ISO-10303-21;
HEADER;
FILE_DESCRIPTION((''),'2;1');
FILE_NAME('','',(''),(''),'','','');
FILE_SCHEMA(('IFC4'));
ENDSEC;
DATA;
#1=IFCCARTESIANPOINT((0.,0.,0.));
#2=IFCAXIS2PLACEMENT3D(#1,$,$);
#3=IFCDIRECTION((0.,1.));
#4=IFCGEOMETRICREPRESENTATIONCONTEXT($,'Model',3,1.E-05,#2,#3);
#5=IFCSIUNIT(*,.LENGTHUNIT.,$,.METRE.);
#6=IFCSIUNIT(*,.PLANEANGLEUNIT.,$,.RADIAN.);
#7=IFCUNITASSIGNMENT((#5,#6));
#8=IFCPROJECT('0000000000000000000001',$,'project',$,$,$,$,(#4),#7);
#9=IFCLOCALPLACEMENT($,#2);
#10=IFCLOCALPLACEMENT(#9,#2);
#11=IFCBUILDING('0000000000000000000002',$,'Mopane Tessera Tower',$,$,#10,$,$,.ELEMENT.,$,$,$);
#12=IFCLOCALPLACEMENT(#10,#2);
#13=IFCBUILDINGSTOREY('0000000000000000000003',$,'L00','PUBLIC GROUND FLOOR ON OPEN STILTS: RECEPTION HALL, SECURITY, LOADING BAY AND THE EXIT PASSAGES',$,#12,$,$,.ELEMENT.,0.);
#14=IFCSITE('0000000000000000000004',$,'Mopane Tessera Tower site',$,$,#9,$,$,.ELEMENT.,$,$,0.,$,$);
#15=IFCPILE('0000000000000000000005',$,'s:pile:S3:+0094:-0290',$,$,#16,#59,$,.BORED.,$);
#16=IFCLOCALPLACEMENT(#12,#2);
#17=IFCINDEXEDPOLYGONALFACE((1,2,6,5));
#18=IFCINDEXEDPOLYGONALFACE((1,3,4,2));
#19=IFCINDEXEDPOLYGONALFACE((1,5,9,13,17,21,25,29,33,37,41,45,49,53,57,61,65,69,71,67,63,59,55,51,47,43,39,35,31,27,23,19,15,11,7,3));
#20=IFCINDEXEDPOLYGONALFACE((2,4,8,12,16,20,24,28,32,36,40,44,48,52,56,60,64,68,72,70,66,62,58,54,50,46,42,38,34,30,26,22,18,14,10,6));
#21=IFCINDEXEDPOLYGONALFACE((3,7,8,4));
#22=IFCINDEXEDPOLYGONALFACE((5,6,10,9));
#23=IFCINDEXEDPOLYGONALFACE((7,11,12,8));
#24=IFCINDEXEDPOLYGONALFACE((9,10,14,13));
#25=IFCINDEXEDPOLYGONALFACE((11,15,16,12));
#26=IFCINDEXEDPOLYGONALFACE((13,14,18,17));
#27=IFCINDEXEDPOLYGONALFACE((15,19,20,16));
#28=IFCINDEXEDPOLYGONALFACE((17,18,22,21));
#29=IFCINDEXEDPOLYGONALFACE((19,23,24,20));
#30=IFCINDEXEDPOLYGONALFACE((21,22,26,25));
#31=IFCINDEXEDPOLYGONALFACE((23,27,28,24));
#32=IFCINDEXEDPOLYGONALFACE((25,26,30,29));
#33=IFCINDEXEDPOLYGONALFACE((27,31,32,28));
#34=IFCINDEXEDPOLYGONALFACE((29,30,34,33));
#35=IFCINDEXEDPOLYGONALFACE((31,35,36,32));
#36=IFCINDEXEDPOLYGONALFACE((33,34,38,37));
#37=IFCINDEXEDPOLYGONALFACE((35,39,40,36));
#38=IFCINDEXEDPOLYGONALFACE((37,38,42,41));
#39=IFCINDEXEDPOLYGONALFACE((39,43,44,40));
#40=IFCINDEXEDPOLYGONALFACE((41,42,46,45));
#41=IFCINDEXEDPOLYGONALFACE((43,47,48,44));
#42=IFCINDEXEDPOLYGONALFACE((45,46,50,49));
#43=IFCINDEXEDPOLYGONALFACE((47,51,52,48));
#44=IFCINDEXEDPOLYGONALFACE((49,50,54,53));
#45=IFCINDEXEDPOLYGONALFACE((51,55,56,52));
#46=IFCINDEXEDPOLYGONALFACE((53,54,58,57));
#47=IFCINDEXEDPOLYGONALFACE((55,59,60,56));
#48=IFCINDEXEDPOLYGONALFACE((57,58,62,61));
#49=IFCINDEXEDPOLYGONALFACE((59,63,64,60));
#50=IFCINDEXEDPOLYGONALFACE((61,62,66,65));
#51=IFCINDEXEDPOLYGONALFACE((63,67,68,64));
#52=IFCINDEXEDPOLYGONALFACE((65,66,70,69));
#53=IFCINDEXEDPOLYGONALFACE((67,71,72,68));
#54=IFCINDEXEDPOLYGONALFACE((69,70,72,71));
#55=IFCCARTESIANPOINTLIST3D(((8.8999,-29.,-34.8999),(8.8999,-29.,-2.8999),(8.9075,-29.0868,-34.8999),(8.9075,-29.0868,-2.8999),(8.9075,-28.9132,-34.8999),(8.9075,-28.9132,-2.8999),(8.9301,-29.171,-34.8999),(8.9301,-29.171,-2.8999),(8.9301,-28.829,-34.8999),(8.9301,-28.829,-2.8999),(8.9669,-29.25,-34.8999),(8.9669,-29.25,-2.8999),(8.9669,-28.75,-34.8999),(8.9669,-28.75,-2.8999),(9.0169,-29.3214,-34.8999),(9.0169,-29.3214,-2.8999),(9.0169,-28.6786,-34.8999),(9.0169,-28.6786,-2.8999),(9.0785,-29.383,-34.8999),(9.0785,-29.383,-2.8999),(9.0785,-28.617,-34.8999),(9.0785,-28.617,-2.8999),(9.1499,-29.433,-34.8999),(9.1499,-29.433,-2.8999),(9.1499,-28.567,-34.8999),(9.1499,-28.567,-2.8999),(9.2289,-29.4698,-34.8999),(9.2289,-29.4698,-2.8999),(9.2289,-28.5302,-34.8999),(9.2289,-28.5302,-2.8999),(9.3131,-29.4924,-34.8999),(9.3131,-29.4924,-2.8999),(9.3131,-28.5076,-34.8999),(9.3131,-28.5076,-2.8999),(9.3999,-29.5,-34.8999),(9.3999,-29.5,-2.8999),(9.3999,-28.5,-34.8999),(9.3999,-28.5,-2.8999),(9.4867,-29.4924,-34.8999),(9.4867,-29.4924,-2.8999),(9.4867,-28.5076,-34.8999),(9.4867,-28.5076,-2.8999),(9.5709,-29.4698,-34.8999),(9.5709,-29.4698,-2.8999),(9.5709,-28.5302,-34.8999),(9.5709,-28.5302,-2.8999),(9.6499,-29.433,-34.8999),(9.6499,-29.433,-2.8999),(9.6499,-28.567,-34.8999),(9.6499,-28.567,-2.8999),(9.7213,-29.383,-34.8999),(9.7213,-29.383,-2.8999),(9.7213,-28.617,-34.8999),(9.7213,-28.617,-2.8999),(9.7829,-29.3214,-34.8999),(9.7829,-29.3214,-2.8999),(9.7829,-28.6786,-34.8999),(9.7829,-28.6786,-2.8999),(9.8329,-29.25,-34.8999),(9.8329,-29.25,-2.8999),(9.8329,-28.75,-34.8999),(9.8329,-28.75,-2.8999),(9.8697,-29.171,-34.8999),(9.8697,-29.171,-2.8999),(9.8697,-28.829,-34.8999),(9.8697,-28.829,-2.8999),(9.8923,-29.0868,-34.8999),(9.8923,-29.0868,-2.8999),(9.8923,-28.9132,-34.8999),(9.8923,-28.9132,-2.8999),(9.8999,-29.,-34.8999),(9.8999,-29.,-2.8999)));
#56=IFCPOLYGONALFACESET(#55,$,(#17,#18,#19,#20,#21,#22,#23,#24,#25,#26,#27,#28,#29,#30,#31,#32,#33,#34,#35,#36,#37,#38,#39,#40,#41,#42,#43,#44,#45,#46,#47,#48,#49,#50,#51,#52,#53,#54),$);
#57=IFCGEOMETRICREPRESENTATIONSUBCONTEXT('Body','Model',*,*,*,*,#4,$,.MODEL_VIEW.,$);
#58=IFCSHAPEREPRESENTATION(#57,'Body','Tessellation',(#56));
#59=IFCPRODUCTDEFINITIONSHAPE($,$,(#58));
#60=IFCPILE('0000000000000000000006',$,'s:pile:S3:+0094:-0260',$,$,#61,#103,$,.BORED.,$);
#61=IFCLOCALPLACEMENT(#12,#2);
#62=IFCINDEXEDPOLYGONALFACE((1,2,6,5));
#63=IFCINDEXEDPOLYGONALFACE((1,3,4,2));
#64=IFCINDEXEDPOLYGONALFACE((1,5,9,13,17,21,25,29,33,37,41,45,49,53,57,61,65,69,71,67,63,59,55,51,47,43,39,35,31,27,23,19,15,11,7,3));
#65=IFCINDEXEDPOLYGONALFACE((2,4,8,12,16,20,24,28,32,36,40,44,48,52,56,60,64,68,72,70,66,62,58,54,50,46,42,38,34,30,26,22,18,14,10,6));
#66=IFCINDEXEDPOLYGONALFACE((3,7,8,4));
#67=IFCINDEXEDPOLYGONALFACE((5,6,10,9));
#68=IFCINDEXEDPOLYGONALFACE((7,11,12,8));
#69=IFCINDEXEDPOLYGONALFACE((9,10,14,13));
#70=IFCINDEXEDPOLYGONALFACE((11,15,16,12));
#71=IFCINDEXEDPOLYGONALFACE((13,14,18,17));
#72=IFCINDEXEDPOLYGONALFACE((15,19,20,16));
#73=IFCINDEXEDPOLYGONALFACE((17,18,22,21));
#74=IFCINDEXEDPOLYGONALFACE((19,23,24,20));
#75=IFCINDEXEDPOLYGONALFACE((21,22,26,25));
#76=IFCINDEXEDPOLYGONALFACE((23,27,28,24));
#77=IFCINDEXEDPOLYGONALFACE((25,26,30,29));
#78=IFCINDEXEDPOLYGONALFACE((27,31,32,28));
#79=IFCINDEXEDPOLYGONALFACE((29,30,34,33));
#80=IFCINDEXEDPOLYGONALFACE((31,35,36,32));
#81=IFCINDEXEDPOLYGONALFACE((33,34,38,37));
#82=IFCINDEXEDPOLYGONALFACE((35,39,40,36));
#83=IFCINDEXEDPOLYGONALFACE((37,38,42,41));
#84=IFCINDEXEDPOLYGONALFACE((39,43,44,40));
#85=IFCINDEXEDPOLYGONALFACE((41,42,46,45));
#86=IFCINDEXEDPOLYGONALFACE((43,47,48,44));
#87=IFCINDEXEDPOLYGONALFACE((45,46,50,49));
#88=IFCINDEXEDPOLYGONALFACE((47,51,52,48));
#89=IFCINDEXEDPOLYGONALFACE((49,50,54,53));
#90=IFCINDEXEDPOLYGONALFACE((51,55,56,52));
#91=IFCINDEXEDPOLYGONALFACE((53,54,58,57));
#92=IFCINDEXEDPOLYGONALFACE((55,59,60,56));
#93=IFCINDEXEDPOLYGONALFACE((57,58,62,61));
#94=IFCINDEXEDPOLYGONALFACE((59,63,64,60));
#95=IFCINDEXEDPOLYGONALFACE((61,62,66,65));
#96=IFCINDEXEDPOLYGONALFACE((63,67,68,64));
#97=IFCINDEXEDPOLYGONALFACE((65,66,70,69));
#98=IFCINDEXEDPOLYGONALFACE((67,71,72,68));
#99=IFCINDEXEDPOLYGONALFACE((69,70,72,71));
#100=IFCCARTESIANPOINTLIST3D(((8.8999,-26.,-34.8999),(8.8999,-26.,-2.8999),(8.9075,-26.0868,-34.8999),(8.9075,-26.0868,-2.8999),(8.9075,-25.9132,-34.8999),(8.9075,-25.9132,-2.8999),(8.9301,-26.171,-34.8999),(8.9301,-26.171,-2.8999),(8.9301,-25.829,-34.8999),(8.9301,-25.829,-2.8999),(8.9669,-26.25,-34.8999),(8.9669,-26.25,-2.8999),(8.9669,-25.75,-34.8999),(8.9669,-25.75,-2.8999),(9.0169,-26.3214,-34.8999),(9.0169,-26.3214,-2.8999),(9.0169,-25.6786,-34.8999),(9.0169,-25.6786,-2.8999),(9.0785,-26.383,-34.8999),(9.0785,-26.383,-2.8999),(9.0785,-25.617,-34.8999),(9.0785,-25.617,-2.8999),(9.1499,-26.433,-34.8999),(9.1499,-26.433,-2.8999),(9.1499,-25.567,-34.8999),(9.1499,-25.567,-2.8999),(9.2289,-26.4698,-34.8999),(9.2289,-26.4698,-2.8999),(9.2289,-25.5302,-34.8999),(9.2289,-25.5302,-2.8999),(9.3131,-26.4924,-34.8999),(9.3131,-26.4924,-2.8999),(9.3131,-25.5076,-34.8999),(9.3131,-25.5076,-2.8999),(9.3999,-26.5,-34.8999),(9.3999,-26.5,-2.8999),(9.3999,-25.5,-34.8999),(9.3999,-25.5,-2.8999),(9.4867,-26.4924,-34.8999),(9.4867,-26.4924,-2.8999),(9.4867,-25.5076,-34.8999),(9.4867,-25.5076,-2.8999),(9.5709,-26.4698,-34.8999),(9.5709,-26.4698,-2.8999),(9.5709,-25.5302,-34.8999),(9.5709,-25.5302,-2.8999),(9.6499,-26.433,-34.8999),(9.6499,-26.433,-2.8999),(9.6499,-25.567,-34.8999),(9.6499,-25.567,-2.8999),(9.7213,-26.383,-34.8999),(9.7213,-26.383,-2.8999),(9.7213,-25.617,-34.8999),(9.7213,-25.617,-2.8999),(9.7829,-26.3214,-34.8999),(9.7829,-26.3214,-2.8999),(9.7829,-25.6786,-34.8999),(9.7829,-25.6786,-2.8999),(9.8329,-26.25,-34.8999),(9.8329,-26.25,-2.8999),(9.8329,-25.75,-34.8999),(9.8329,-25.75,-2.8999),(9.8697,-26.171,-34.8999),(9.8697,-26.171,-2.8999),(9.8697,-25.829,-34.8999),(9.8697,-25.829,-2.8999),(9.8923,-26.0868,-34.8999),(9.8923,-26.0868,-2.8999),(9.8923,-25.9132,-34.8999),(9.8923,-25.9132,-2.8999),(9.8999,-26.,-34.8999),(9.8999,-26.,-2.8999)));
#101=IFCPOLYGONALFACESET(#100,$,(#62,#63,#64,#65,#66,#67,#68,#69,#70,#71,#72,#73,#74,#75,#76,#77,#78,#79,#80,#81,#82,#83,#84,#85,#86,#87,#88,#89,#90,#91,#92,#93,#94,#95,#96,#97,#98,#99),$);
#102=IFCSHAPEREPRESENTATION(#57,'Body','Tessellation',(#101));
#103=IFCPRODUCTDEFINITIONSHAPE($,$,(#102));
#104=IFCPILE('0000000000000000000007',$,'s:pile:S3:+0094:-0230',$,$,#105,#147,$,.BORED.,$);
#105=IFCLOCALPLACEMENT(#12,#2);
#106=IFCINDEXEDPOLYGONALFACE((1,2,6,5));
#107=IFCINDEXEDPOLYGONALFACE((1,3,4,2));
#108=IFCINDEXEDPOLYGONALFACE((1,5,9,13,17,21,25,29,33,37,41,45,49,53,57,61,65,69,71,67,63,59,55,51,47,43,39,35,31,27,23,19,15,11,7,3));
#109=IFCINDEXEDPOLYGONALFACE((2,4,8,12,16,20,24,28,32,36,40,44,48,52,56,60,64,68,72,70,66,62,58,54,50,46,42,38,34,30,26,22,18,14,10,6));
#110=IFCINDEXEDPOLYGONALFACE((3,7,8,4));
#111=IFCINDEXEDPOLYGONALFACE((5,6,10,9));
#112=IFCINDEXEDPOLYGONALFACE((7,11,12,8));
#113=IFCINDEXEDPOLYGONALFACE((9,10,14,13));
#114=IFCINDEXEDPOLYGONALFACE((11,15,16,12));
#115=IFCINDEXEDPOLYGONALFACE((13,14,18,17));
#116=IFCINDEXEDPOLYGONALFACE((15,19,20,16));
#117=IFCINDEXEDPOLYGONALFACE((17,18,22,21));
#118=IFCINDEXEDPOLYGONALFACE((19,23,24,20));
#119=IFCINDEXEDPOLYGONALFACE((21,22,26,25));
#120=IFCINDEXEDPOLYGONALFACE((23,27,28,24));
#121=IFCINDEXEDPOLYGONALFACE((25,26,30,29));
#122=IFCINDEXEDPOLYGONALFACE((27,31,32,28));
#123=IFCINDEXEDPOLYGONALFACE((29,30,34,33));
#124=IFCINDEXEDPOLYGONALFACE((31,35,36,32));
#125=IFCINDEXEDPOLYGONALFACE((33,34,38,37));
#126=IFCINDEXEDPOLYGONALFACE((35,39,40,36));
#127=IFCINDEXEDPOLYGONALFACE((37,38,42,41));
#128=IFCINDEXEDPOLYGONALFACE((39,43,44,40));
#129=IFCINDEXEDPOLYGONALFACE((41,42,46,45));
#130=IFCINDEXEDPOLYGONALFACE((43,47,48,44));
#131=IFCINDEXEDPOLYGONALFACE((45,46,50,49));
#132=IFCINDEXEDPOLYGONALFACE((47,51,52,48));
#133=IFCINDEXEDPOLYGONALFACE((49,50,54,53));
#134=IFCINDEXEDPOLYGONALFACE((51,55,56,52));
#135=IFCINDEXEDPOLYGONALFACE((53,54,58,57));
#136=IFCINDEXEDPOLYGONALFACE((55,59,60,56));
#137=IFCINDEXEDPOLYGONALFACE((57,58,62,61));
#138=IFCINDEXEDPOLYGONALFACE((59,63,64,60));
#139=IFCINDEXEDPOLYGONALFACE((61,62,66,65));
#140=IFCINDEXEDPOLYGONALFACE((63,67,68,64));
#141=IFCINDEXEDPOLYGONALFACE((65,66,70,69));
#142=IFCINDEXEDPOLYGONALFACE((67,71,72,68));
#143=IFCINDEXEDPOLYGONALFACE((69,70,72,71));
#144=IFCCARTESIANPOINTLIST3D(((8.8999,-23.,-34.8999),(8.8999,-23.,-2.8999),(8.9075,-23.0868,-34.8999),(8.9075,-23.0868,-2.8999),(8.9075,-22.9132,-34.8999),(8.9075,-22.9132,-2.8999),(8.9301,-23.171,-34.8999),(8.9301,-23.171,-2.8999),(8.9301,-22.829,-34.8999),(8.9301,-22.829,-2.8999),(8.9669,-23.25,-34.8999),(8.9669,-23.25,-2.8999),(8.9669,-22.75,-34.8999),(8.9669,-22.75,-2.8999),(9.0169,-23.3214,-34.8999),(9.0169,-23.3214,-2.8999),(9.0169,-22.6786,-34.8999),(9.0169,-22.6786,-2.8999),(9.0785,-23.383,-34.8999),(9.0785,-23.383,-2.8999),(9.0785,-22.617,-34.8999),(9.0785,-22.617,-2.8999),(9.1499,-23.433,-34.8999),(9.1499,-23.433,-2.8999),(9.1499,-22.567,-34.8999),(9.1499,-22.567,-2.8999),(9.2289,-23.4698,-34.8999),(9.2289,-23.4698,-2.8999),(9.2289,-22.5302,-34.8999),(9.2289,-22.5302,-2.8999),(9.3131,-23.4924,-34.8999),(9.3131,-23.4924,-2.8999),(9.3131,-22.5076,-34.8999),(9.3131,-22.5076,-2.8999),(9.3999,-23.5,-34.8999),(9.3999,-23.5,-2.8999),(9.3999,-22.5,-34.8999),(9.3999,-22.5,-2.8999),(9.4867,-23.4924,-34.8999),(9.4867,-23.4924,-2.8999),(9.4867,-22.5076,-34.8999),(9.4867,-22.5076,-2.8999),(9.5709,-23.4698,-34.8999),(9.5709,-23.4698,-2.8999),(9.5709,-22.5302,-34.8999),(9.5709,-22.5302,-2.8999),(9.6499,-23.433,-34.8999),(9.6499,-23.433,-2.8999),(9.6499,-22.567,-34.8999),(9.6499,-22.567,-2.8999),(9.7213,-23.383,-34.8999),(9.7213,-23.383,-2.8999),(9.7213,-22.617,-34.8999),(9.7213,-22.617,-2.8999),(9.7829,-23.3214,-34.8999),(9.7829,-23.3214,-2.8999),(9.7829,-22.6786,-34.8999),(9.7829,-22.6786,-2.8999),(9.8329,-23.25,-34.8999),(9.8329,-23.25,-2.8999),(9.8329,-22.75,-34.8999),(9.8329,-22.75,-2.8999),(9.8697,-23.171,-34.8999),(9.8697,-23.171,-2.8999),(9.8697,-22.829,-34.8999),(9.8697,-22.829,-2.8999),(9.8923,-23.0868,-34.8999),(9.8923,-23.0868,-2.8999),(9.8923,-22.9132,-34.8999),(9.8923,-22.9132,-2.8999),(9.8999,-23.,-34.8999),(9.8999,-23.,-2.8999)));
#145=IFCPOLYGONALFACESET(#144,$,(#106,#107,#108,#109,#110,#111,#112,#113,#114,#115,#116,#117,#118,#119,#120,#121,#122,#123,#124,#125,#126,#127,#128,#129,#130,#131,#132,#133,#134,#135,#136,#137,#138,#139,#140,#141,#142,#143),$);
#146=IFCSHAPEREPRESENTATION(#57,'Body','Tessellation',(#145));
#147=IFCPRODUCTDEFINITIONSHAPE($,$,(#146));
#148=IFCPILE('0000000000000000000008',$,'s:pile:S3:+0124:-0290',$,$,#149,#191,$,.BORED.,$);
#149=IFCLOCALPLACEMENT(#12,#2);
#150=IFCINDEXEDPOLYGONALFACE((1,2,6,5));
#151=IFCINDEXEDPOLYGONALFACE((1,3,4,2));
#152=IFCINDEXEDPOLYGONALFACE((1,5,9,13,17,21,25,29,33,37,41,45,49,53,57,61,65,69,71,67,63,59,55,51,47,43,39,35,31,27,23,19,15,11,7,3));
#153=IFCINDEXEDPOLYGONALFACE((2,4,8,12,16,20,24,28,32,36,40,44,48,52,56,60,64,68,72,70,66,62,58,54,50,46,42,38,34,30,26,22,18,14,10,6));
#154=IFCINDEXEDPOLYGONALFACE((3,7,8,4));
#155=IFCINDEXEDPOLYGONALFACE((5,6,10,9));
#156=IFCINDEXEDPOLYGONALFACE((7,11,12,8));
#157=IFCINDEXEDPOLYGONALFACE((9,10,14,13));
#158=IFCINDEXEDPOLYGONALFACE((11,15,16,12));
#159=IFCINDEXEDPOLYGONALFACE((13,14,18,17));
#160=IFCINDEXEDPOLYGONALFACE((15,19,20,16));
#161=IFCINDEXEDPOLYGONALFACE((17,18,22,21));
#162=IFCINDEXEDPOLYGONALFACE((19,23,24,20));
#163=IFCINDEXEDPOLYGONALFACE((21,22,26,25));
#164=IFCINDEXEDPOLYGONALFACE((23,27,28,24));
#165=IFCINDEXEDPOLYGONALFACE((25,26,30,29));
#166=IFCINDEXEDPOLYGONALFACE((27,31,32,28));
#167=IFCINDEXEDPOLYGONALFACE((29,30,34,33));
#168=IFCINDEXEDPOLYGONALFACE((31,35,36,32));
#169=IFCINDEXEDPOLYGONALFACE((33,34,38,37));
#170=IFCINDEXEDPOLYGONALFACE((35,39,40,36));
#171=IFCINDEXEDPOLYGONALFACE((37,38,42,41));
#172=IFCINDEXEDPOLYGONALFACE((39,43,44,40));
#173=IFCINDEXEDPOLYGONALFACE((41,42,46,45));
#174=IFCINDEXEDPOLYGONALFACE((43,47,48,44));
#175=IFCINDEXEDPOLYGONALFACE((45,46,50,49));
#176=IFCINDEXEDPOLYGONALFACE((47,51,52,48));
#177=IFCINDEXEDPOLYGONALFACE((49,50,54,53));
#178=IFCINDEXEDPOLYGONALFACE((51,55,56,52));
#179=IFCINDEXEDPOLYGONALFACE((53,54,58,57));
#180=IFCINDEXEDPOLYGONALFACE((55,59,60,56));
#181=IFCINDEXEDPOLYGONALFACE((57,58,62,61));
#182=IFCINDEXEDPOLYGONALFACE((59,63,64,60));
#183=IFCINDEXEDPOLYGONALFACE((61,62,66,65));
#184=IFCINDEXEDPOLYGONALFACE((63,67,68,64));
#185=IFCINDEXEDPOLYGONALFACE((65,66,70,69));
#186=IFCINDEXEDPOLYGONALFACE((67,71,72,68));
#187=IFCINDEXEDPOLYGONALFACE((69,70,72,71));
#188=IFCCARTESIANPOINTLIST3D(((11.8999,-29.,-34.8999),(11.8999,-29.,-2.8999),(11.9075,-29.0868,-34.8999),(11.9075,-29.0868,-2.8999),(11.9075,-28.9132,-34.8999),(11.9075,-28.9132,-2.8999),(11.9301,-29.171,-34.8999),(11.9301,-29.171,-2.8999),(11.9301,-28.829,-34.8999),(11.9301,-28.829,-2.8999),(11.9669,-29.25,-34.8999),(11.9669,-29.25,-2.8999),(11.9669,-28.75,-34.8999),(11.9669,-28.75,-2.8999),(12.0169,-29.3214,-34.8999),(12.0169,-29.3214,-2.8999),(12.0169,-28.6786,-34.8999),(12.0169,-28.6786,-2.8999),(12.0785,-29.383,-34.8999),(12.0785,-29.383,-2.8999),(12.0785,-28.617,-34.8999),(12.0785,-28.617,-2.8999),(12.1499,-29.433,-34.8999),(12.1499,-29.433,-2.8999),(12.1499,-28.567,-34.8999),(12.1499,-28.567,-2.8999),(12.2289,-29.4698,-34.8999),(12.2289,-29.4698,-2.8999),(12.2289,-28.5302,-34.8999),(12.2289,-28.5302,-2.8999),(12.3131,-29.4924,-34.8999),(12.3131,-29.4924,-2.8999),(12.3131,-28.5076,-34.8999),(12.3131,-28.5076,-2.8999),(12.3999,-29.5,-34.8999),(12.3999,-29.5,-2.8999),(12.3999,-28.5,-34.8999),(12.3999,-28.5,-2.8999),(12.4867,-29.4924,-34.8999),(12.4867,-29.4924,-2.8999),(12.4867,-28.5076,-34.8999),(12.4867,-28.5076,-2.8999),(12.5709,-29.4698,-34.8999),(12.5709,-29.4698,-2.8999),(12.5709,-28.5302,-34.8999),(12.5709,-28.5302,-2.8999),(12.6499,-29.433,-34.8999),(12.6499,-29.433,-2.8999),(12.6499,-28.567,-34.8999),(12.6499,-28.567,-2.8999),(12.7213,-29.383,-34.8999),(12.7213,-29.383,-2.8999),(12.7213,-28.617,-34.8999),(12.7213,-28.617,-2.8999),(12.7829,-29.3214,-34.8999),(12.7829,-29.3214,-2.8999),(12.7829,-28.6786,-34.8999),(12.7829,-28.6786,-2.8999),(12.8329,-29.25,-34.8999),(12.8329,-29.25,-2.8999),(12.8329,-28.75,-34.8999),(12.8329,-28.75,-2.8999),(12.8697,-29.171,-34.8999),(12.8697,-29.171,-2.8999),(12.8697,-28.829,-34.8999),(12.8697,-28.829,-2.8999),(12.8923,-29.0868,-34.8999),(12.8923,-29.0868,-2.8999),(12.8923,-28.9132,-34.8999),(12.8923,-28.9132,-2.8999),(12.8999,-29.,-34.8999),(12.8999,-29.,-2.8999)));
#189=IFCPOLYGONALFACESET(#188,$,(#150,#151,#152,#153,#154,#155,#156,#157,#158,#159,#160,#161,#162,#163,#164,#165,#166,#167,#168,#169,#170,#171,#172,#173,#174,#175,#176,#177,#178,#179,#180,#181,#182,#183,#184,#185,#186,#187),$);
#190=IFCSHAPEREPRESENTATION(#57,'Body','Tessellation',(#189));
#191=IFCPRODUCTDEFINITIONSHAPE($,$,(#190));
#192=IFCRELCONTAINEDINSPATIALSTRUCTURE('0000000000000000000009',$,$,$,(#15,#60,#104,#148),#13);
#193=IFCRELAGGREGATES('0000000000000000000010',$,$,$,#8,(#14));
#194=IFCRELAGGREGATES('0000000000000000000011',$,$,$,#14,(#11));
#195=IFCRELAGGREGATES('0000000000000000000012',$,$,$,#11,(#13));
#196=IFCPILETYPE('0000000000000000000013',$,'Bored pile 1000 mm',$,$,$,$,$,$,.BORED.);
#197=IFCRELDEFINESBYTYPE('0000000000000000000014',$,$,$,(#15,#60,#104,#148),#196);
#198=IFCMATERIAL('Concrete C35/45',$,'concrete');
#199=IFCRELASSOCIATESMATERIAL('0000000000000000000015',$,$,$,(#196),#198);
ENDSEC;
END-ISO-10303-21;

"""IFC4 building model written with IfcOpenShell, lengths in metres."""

from ifc_helpers import new_model, si_unit, direction, frame, origin, origin_2d, place, context, subcontext, project, spatial, circle, extrude, material, material_profile, profile_set, type_object, element, save


model = new_model("IFC4")

# Units and contexts
model_context = context("Model", 3, precision=1e-05, world=origin(), true_north=direction((0.0, 1.0)))
body_context = subcontext(model_context, "Body", "Model", "MODEL_VIEW")
ifc_project = project(units=[si_unit("LENGTHUNIT", "METRE"), si_unit("PLANEANGLEUNIT", "RADIAN")], contexts=[model_context])

# Site, building, storey
site_placement = place(None, origin())
site = spatial("IfcSite", under=ifc_project, at=site_placement, Name="Mopane Tessera Tower site", CompositionType="ELEMENT", RefElevation=0.0)
building_placement = place(site_placement, origin())
building = spatial("IfcBuilding", under=site, at=building_placement, Name="Mopane Tessera Tower", CompositionType="ELEMENT")
storey_placement = place(building_placement, origin())
storey = spatial("IfcBuildingStorey", under=building, at=storey_placement, Name="L00", Description="PUBLIC GROUND FLOOR ON OPEN STILTS: RECEPTION HALL, SECURITY, LOADING BAY AND THE EXIT PASSAGES", CompositionType="ELEMENT", Elevation=0.0)

# Piles
ifc_material_1 = material(Name="Concrete C35/45", Category="concrete")
ifc_material_profile_1 = material_profile(ifc_material_1, circle(Radius=0.5, at=origin_2d()))
ifc_profile_set_1 = profile_set([ifc_material_profile_1], Name="Concrete C35/45")
pile_type_1 = type_object("IfcPileType", Name="Bored pile 1000 mm", PredefinedType="BORED", material=ifc_profile_set_1)
for number, where, z_axis, x_axis, name in (
    (1, (9.3999, -29.0, -2.8999), (0.0, 0.0, -1.0), (1.0, 0.0, 0.0), "s:pile:S3:+0094:-0290"),
    (2, (9.3999, -26.0, -2.8999), (0.0, 0.0, -1.0), (1.0, 0.0, 0.0), "s:pile:S3:+0094:-0260"),
    (3, (9.3999, -23.0, -2.8999), (0.0, 0.0, -1.0), (1.0, 0.0, 0.0), "s:pile:S3:+0094:-0230"),
    (4, (12.3999, -29.0, -2.8999), (0.0, 0.0, -1.0), (1.0, 0.0, 0.0), "s:pile:S3:+0124:-0290"),
):
    element("IfcPile", number, at=place(storey_placement, frame(where, z_axis=z_axis, x_axis=x_axis)), inside=storey, type_object=pile_type_1, Name=name, PredefinedType="BORED", context=body_context, shape_type="SweptSolid", body=[
        extrude(circle(Radius=0.5, at=origin_2d()), origin(), (0.0, 0.0, 1.0), 32.0),
    ])

save(model, "model.ifc")
